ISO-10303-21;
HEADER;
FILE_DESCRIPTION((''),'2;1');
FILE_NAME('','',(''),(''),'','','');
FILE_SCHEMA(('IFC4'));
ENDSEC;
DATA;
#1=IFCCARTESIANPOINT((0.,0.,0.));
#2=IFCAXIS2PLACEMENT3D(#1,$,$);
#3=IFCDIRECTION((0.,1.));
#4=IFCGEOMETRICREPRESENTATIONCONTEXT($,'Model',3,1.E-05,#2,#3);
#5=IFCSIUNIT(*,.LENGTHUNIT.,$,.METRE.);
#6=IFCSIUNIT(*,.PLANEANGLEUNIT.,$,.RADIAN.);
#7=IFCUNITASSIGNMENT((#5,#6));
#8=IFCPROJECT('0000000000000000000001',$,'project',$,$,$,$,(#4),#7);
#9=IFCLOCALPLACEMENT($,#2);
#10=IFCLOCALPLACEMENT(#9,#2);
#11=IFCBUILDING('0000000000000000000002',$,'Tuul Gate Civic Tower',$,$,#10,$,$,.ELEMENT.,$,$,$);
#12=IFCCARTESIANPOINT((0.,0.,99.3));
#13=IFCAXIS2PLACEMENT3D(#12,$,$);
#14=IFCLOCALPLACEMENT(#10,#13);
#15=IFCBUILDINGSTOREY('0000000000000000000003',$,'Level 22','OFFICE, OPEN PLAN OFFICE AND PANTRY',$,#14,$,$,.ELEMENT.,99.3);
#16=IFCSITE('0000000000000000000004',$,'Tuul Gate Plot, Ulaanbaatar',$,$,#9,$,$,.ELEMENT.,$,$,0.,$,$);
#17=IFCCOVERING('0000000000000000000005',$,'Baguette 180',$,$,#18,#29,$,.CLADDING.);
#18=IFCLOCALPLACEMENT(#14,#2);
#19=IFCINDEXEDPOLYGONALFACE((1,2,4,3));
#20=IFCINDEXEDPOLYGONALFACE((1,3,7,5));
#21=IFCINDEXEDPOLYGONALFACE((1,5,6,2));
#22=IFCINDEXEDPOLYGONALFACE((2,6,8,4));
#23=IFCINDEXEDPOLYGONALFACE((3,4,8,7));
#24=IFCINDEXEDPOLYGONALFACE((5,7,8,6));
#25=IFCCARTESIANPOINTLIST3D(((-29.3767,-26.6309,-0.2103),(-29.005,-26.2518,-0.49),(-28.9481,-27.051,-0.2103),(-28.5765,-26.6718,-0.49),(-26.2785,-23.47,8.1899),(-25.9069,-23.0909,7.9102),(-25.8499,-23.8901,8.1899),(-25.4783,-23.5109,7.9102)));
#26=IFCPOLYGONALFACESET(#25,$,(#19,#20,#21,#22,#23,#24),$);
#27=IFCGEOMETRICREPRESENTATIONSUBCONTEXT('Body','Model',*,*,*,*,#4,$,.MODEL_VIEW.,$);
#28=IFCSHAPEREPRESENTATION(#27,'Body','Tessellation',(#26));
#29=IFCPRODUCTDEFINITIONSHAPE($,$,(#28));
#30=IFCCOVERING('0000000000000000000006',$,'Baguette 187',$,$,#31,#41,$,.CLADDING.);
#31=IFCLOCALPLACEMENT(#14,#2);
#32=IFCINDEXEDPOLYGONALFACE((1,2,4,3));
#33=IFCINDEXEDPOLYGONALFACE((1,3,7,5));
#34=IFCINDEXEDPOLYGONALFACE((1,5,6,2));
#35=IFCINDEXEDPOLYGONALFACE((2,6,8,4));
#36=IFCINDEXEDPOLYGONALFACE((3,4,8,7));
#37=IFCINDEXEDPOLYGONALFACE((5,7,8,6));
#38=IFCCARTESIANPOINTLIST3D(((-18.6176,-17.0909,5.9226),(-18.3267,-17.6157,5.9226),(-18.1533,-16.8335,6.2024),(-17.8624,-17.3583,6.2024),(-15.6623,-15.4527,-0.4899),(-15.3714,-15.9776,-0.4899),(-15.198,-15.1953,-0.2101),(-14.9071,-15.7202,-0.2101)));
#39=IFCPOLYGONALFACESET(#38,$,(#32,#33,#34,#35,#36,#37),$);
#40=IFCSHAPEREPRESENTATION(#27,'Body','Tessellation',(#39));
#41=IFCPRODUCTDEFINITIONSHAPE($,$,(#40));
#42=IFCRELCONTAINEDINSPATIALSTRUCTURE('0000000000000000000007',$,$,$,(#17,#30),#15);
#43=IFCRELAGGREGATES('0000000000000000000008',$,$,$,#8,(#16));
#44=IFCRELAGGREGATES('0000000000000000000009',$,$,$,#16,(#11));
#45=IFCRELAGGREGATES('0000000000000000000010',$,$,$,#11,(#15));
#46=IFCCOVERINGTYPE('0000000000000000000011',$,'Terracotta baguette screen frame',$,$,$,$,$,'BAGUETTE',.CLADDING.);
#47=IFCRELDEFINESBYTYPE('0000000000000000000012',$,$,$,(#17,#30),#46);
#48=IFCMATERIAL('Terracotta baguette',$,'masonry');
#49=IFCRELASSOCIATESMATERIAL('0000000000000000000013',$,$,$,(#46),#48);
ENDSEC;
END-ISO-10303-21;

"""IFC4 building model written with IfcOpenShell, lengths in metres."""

from ifc_helpers import new_model, si_unit, direction, frame, origin, origin_2d, place, context, subcontext, project, spatial, rectangle, extrude, material, material_profile, profile_set, type_object, element, save


model = new_model("IFC4")

# Units and contexts
model_context = context("Model", 3, precision=1e-05, world=origin(), true_north=direction((0.0, 1.0)))
body_context = subcontext(model_context, "Body", "Model", "MODEL_VIEW")
ifc_project = project(units=[si_unit("LENGTHUNIT", "METRE"), si_unit("PLANEANGLEUNIT", "RADIAN")], contexts=[model_context])

# Site, building, storey
site_placement = place(None, origin())
site = spatial("IfcSite", under=ifc_project, at=site_placement, Name="Tuul Gate Plot, Ulaanbaatar", CompositionType="ELEMENT", RefElevation=0.0)
building_placement = place(site_placement, origin())
building = spatial("IfcBuilding", under=site, at=building_placement, Name="Tuul Gate Civic Tower", CompositionType="ELEMENT")
storey_placement = place(building_placement, frame((0.0, 0.0, 99.3)))
storey = spatial("IfcBuildingStorey", under=building, at=storey_placement, Name="Level 22", Description="OFFICE, OPEN PLAN OFFICE AND PANTRY", CompositionType="ELEMENT", Elevation=99.3)

# Coverings
ifc_material_1 = material(Name="Terracotta baguette", Category="masonry")
ifc_material_profile_1 = material_profile(ifc_material_1, rectangle(XDim=0.6001, YDim=0.6001, at=origin_2d()), Name="Terracotta baguette screen frame")
ifc_profile_set_1 = profile_set([ifc_material_profile_1], Name="Terracotta baguette")
covering_type = type_object("IfcCoveringType", Name="Terracotta baguette screen frame", ElementType="BAGUETTE", PredefinedType="CLADDING", material=ifc_profile_set_1)
covering_1_placement = place(storey_placement, frame((-25.8784, -23.4905, 8.05), z_axis=(-0.326297, -0.332906, -0.884706), x_axis=(0.714159, -0.699983, 0.0)))
element("IfcCovering", 1, at=covering_1_placement, inside=storey, type_object=covering_type, Name="Baguette 180", PredefinedType="CLADDING", context=body_context, shape_type="SweptSolid", body=[
    extrude(rectangle(XDim=0.6001, YDim=0.6001, at=origin_2d()), origin(), (0.0, 0.0, 1.0), 9.4949),
])
covering_2_placement = place(storey_placement, frame((-18.24, -17.2246, 6.0625), z_axis=(0.407722, 0.226007, -0.884694), x_axis=(-0.484815, 0.874617, 0.0)))
element("IfcCovering", 2, at=covering_2_placement, inside=storey, type_object=covering_type, Name="Baguette 187", PredefinedType="CLADDING", context=body_context, shape_type="SweptSolid", body=[
    extrude(rectangle(XDim=0.6001, YDim=0.6001, at=origin_2d()), origin(), (0.0, 0.0, 1.0), 7.2483),
])

save(model, "model.ifc")
